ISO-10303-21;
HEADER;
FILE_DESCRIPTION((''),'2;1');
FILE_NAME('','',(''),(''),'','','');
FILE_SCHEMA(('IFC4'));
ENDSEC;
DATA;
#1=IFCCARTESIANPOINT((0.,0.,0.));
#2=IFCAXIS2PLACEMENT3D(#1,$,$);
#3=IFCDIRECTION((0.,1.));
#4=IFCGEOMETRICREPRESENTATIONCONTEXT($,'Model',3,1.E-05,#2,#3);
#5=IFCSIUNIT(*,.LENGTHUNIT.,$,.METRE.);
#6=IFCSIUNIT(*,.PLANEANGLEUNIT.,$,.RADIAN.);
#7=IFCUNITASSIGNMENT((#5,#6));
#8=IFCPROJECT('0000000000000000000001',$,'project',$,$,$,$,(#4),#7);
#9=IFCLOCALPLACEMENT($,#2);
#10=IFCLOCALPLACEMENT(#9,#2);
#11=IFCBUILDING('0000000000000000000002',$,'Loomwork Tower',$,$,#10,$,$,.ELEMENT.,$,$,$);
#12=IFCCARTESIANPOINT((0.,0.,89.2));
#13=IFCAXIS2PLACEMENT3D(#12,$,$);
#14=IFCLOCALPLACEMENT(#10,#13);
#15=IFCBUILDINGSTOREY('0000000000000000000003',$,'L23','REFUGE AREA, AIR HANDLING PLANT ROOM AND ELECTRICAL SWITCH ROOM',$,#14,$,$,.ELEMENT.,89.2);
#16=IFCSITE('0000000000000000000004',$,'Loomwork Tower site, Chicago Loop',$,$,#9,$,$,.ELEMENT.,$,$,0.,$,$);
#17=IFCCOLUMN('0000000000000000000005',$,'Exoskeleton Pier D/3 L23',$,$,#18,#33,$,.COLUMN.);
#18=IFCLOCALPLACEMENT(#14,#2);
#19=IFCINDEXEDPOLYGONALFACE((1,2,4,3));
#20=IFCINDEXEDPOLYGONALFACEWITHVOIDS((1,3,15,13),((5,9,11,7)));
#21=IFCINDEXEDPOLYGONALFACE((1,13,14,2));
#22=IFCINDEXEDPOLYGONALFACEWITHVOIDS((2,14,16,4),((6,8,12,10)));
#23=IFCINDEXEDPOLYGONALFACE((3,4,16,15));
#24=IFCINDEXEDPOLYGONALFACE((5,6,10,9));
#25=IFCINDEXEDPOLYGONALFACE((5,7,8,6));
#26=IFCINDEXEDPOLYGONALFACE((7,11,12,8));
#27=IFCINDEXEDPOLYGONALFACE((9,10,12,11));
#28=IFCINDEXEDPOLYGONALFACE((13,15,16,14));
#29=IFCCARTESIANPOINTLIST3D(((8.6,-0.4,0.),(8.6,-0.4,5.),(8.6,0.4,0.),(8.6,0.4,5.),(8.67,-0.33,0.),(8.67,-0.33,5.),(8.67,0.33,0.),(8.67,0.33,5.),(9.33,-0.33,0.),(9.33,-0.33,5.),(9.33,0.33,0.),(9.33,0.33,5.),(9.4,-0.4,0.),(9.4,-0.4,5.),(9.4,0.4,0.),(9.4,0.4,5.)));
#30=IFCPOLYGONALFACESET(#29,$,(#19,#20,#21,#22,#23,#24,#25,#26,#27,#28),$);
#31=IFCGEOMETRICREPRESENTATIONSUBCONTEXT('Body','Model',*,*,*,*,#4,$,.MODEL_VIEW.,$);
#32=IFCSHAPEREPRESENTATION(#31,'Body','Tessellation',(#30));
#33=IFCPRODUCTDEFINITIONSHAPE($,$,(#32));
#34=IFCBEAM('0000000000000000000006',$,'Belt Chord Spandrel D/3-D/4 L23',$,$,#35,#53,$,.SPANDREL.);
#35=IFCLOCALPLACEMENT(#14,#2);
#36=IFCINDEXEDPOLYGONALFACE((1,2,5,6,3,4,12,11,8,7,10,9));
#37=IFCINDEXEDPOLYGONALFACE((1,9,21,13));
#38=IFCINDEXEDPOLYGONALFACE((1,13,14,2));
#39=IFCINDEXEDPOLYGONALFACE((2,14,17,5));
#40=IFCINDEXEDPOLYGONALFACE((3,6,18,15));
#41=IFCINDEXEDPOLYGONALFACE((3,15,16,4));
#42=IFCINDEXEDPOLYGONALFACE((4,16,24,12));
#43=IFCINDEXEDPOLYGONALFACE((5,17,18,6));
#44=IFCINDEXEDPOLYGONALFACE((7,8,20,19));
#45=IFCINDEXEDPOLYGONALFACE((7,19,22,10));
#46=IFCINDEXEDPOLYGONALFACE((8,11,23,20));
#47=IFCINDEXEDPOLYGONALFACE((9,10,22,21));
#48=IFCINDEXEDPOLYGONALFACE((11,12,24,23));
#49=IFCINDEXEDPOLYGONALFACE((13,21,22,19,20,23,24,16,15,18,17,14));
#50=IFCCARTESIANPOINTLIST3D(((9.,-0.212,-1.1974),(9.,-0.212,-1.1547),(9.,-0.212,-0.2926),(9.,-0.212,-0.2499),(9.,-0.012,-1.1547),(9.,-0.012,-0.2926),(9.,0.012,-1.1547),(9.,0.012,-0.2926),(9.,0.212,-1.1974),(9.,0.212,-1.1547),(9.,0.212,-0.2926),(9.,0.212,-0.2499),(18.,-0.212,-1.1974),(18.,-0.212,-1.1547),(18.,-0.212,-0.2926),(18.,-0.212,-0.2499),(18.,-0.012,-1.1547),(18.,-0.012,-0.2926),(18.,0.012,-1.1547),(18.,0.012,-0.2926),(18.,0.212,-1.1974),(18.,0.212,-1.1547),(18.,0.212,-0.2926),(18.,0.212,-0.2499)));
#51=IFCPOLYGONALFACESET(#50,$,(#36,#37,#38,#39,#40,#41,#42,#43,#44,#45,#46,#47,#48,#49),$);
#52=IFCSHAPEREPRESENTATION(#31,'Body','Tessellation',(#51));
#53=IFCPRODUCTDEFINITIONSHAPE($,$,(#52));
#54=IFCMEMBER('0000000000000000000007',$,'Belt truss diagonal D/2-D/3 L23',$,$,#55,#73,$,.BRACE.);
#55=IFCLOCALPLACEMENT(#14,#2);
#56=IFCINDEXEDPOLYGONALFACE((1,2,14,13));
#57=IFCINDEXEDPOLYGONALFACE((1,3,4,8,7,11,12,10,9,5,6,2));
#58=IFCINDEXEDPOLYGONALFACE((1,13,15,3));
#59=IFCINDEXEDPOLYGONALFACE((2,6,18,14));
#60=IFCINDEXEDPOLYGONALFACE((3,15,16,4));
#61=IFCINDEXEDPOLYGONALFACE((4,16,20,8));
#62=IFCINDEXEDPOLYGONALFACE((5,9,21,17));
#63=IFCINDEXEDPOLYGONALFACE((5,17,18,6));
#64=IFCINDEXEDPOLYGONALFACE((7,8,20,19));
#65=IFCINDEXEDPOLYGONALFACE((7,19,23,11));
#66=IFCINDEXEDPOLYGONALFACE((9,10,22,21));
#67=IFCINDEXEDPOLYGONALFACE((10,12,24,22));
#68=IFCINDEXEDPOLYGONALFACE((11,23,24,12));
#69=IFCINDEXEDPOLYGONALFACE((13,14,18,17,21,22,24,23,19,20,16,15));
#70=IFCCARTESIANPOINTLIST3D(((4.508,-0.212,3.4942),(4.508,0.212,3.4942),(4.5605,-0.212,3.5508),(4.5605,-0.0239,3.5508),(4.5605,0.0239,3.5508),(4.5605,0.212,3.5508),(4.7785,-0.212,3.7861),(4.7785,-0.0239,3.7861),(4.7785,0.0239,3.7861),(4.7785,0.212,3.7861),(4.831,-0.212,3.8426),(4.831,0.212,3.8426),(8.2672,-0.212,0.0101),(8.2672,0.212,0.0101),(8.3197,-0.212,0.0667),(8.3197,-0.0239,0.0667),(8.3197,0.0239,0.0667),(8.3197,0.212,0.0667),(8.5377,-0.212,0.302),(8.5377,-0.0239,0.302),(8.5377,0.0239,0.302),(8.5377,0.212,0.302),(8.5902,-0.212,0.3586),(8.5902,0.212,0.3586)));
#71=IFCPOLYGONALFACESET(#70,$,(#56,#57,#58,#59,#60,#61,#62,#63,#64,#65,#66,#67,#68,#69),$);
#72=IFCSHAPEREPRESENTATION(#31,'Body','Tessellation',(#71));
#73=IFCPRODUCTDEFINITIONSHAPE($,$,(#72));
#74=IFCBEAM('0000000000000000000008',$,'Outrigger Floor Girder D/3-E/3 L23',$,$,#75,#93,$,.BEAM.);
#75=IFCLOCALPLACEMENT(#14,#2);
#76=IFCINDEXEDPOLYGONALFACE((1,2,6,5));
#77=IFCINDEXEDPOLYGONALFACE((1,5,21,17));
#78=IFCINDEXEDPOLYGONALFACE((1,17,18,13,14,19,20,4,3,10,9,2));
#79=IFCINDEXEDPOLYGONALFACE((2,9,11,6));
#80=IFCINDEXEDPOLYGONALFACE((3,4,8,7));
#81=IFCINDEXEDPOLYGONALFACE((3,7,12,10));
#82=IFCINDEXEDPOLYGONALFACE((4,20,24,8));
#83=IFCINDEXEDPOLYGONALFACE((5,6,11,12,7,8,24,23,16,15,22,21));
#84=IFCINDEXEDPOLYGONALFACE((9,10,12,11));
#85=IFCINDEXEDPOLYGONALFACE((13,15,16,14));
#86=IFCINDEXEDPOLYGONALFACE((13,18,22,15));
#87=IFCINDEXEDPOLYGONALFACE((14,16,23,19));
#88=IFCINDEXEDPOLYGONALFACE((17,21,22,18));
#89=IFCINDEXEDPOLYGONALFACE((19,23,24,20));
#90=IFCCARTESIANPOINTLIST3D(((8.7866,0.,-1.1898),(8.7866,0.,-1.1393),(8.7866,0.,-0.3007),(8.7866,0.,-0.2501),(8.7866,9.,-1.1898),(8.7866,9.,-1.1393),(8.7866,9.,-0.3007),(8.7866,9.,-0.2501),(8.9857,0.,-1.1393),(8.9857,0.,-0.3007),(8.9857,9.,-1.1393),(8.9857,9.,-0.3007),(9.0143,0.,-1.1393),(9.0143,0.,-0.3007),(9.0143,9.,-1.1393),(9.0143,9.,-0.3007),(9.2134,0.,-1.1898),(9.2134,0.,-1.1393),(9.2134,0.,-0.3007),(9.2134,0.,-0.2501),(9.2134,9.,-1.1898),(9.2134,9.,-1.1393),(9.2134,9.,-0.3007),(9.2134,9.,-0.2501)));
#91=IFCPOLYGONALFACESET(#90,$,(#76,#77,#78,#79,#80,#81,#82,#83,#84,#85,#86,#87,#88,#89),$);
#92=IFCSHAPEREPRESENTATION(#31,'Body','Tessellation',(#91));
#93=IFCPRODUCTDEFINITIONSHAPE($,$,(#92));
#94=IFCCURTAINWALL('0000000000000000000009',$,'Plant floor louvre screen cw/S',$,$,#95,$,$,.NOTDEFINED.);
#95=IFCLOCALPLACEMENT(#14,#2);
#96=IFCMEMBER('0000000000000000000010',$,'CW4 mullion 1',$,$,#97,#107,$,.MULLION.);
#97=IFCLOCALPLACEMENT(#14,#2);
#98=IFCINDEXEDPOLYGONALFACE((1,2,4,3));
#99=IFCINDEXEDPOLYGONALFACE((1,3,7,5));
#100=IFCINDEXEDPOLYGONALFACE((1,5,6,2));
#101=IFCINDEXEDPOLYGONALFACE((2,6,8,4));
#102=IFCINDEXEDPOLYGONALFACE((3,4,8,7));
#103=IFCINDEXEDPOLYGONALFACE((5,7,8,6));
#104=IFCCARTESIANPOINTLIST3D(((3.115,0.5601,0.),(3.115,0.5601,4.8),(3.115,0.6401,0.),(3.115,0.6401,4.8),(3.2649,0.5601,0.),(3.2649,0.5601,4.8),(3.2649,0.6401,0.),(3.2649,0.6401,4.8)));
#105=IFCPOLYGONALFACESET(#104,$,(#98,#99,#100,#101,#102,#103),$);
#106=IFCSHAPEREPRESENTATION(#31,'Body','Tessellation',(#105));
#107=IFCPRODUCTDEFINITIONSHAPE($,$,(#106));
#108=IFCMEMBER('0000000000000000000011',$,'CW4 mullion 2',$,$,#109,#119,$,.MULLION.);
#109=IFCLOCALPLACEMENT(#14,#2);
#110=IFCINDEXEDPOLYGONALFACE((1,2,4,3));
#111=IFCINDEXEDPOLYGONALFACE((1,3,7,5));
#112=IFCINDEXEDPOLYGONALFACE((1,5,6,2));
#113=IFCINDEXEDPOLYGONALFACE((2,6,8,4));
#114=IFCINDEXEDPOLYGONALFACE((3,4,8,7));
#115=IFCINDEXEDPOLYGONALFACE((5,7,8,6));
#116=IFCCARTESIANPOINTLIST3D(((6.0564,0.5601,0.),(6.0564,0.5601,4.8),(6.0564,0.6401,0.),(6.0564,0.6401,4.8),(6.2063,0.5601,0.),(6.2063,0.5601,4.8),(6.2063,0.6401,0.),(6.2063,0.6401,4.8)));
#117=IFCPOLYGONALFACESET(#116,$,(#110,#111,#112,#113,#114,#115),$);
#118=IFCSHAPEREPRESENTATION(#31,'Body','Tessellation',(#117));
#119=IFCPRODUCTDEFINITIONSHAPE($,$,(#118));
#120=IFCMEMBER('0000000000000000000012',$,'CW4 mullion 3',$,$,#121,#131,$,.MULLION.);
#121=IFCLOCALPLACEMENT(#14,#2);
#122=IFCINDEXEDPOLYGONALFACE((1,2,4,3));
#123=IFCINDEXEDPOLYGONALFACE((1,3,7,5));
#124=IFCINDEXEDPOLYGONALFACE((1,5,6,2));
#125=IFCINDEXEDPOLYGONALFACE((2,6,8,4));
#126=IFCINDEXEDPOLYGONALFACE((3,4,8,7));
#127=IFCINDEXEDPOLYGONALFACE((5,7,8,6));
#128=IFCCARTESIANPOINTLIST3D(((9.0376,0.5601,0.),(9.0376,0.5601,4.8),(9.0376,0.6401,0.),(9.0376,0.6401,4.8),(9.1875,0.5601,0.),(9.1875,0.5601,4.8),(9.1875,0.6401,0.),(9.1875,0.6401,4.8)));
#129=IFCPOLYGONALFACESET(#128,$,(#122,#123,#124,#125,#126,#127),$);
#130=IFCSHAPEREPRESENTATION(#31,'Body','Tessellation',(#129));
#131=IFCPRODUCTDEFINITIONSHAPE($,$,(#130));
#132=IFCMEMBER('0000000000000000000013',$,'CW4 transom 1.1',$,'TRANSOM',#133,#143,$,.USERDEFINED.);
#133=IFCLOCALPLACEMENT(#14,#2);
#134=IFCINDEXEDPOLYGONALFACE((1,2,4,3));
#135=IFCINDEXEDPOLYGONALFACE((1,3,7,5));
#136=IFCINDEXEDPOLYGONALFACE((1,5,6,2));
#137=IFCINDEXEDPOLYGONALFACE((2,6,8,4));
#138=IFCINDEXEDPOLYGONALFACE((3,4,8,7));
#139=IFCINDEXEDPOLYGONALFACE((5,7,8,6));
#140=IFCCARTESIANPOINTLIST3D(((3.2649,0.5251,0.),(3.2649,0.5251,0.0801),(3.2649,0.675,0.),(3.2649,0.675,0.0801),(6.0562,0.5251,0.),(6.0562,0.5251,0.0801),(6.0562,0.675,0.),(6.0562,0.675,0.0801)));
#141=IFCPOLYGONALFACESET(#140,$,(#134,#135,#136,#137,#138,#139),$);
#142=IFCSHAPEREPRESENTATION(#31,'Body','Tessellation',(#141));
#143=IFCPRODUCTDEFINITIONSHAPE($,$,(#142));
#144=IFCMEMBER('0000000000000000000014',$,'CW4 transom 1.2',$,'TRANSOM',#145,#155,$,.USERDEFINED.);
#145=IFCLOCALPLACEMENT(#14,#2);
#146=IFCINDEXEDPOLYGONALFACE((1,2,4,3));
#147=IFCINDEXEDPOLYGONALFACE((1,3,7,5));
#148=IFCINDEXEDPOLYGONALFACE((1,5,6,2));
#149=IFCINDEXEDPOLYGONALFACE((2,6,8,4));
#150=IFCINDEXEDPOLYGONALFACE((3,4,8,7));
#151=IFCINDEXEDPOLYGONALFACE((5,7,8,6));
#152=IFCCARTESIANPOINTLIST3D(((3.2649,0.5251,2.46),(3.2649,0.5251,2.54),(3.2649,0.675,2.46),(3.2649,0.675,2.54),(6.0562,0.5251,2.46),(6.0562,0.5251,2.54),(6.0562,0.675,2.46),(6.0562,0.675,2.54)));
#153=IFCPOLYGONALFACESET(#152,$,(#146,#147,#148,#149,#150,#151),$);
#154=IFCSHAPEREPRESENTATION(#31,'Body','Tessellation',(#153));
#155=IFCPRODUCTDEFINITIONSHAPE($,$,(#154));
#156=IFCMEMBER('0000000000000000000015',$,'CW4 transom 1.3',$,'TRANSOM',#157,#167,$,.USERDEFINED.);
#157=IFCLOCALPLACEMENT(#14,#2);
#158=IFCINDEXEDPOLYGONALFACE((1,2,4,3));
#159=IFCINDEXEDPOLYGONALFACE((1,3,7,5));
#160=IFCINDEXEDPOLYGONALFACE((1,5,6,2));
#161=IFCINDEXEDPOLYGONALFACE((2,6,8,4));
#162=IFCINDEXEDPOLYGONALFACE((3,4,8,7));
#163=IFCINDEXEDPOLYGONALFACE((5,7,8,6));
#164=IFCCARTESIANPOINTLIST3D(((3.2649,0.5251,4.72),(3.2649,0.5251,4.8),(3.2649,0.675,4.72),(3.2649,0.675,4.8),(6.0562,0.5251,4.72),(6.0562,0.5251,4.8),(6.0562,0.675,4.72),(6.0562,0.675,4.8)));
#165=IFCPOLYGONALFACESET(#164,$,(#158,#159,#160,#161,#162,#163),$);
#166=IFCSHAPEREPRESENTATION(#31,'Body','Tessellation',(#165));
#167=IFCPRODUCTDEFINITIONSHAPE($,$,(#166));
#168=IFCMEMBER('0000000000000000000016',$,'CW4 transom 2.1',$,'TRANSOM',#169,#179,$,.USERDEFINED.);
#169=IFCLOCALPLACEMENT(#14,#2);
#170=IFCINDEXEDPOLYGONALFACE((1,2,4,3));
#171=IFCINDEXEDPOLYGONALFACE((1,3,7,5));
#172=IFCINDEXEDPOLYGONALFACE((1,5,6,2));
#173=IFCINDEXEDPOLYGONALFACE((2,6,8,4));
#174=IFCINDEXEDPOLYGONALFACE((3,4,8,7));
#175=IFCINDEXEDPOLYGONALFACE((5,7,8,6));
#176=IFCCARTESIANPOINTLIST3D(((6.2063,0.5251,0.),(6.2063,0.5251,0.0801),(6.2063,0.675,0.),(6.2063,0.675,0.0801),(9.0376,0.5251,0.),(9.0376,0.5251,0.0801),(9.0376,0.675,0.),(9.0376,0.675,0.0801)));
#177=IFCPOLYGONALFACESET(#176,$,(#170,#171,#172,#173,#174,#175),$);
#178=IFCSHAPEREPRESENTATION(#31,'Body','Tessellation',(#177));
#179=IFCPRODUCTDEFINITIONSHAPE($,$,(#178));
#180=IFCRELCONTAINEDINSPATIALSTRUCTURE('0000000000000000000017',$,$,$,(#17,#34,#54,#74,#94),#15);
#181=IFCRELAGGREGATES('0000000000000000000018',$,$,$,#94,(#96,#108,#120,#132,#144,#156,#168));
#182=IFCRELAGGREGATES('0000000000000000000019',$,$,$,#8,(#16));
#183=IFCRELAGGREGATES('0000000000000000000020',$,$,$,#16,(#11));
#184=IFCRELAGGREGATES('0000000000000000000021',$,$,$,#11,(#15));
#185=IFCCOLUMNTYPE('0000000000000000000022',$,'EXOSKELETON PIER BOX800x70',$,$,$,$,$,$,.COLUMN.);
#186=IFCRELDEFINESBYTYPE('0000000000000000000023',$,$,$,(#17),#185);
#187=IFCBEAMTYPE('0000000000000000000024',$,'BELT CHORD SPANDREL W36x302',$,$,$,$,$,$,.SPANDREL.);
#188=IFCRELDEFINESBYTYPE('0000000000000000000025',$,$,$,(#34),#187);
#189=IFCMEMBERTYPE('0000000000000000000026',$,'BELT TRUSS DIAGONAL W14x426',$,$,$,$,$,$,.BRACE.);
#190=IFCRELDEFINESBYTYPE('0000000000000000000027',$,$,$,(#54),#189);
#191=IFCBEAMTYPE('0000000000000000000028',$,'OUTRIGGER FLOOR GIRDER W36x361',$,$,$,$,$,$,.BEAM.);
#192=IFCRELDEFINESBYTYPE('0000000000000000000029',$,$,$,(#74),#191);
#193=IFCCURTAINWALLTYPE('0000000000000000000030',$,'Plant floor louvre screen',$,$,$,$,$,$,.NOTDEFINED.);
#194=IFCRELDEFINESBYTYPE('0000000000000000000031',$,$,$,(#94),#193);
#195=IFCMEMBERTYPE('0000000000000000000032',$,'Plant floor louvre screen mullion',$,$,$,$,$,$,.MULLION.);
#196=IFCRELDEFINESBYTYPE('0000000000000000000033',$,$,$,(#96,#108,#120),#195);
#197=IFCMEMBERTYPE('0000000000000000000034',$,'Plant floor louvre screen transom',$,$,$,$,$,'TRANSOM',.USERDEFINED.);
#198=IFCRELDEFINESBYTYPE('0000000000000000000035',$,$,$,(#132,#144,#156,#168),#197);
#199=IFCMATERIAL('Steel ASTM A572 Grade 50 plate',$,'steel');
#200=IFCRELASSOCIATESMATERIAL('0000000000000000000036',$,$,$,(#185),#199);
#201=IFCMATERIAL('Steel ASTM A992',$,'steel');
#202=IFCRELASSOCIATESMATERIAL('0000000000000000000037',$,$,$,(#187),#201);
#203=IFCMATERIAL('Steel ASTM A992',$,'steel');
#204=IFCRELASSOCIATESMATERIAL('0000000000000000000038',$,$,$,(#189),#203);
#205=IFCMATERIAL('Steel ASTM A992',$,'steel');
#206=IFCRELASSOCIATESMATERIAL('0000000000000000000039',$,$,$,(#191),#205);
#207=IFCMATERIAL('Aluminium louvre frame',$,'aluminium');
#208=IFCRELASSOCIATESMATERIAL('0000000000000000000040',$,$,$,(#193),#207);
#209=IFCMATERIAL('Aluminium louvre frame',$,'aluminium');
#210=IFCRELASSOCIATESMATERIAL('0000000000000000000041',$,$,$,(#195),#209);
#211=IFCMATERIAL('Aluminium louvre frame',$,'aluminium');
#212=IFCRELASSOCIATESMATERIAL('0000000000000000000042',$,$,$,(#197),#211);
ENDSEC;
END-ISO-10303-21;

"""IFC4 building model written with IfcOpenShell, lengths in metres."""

from ifc_helpers import new_model, si_unit, direction, frame, origin, origin_2d, place, context, subcontext, project, spatial, rectangle, hollow_rectangle, i_section, extrude, material, material_profile, profile_set, type_object, element, aggregate, save


model = new_model("IFC4")

# Units and contexts
model_context = context("Model", 3, precision=1e-05, world=origin(), true_north=direction((0.0, 1.0)))
body_context = subcontext(model_context, "Body", "Model", "MODEL_VIEW")
ifc_project = project(units=[si_unit("LENGTHUNIT", "METRE"), si_unit("PLANEANGLEUNIT", "RADIAN")], contexts=[model_context])

# Site, building, storey
site_placement = place(None, origin())
site = spatial("IfcSite", under=ifc_project, at=site_placement, Name="Loomwork Tower site, Chicago Loop", CompositionType="ELEMENT", RefElevation=0.0)
building_placement = place(site_placement, origin())
building = spatial("IfcBuilding", under=site, at=building_placement, Name="Loomwork Tower", CompositionType="ELEMENT")
storey_placement = place(building_placement, frame((0.0, 0.0, 89.2)))
storey = spatial("IfcBuildingStorey", under=building, at=storey_placement, Name="L23", Description="REFUGE AREA, AIR HANDLING PLANT ROOM AND ELECTRICAL SWITCH ROOM", CompositionType="ELEMENT", Elevation=89.2)

# Column
ifc_material_1 = material(Name="Steel ASTM A572 Grade 50 plate", Category="steel")
ifc_material_profile_1 = material_profile(ifc_material_1, hollow_rectangle(XDim=0.8, YDim=0.8, WallThickness=0.0701, at=origin_2d()), Name="BOX800x70")
ifc_profile_set_1 = profile_set([ifc_material_profile_1], Name="Steel ASTM A572 Grade 50 plate")
column_type = type_object("IfcColumnType", Name="EXOSKELETON PIER BOX800x70", PredefinedType="COLUMN", material=ifc_profile_set_1)
column_placement = place(storey_placement, frame((9.0, 0.0, 0.0), z_axis=(0.0, 0.0, 1.0), x_axis=(1.0, 0.0, 0.0)))
element("IfcColumn", 1, at=column_placement, inside=storey, type_object=column_type, Name="Exoskeleton Pier D/3 L23", PredefinedType="COLUMN", context=body_context, shape_type="SweptSolid", body=[
    extrude(hollow_rectangle(XDim=0.8, YDim=0.8, WallThickness=0.0701, at=origin_2d()), origin(), (0.0, 0.0, 1.0), 5.0),
])

# Beam
ifc_material_2 = material(Name="Steel ASTM A992", Category="steel")
ifc_material_profile_2 = material_profile(ifc_material_2, i_section(OverallWidth=0.4241, OverallDepth=0.9475, WebThickness=0.0239, FlangeThickness=0.0427, at=origin_2d()), Name="W36x302")
ifc_profile_set_2 = profile_set([ifc_material_profile_2], Name="Steel ASTM A992")
beam_type_1 = type_object("IfcBeamType", Name="BELT CHORD SPANDREL W36x302", PredefinedType="SPANDREL", material=ifc_profile_set_2)
beam_1_placement = place(storey_placement, frame((9.0, 0.0, -0.7236), z_axis=(1.0, 0.0, 0.0), x_axis=(0.0, 1.0, 0.0)))
element("IfcBeam", 2, at=beam_1_placement, inside=storey, type_object=beam_type_1, Name="Belt Chord Spandrel D/3-D/4 L23", PredefinedType="SPANDREL", context=body_context, shape_type="SweptSolid", body=[
    extrude(i_section(OverallWidth=0.4241, OverallDepth=0.9475, WebThickness=0.0239, FlangeThickness=0.0427, at=origin_2d()), origin(), (0.0, 0.0, 1.0), 9.0),
])

# Member
ifc_material_3 = material(Name="Steel ASTM A992", Category="steel")
ifc_material_profile_3 = material_profile(ifc_material_3, i_section(OverallWidth=0.4241, OverallDepth=0.4751, WebThickness=0.0479, FlangeThickness=0.0771, at=origin_2d()), Name="W14x426")
ifc_profile_set_3 = profile_set([ifc_material_profile_3], Name="Steel ASTM A992")
member_type_1 = type_object("IfcMemberType", Name="BELT TRUSS DIAGONAL W14x426", PredefinedType="BRACE", material=ifc_profile_set_3)
member_1_placement = place(storey_placement, frame((8.4287, 0.0, 0.1843), z_axis=(-0.733438, 0.0, 0.679757), x_axis=(0.0, -1.0, 0.0)))
element("IfcMember", 3, at=member_1_placement, inside=storey, type_object=member_type_1, Name="Belt truss diagonal D/2-D/3 L23", PredefinedType="BRACE", context=body_context, shape_type="SweptSolid", body=[
    extrude(i_section(OverallWidth=0.4241, OverallDepth=0.4751, WebThickness=0.0479, FlangeThickness=0.0771, at=origin_2d()), origin(), (0.0, 0.0, 1.0), 5.1255),
])

# Beam
ifc_material_4 = material(Name="Steel ASTM A992", Category="steel")
ifc_material_profile_4 = material_profile(ifc_material_4, i_section(OverallWidth=0.4268, OverallDepth=0.9397, WebThickness=0.0286, FlangeThickness=0.0505, at=origin_2d()), Name="W36x361")
ifc_profile_set_4 = profile_set([ifc_material_profile_4], Name="Steel ASTM A992")
beam_type_2 = type_object("IfcBeamType", Name="OUTRIGGER FLOOR GIRDER W36x361", PredefinedType="BEAM", material=ifc_profile_set_4)
beam_2_placement = place(storey_placement, frame((9.0, 0.0, -0.72), z_axis=(0.0, 1.0, 0.0), x_axis=(-1.0, 0.0, 0.0)))
element("IfcBeam", 4, at=beam_2_placement, inside=storey, type_object=beam_type_2, Name="Outrigger Floor Girder D/3-E/3 L23", PredefinedType="BEAM", context=body_context, shape_type="SweptSolid", body=[
    extrude(i_section(OverallWidth=0.4268, OverallDepth=0.9397, WebThickness=0.0286, FlangeThickness=0.0505, at=origin_2d()), origin(), (0.0, 0.0, 1.0), 9.0),
])

# Curtain wall, members
ifc_material_5 = material(Name="Aluminium louvre frame", Category="aluminium")
curtain_wall_type = type_object("IfcCurtainWallType", Name="Plant floor louvre screen", PredefinedType="NOTDEFINED", material=ifc_material_5)
curtain_wall_placement = place(storey_placement, origin())
curtain_wall = element("IfcCurtainWall", 5, at=curtain_wall_placement, inside=storey, type_object=curtain_wall_type, Name="Plant floor louvre screen cw/S", PredefinedType="NOTDEFINED")
ifc_material_6 = material(Name="Aluminium louvre frame", Category="aluminium")
ifc_material_profile_5 = material_profile(ifc_material_6, rectangle(XDim=0.0801, YDim=0.1499, at=origin_2d()), Name="AL 80x150")
ifc_profile_set_5 = profile_set([ifc_material_profile_5], Name="Aluminium louvre frame")
member_type_2 = type_object("IfcMemberType", Name="Plant floor louvre screen mullion", PredefinedType="MULLION", material=ifc_profile_set_5)
member_2_placement = place(storey_placement, frame((3.1899, 0.6001, 0.0), z_axis=(0.0, 0.0, 1.0), x_axis=(0.0, 1.0, 0.0)))
member_2 = element("IfcMember", 6, at=member_2_placement, type_object=member_type_2, Name="CW4 mullion 1", PredefinedType="MULLION", context=body_context, shape_type="SweptSolid", body=[
    extrude(rectangle(XDim=0.0801, YDim=0.1499, at=origin_2d()), origin(), (0.0, 0.0, 1.0), 4.8),
])
member_3_placement = place(storey_placement, frame((6.1313, 0.6001, 0.0), z_axis=(0.0, 0.0, 1.0), x_axis=(0.0, 1.0, 0.0)))
member_3 = element("IfcMember", 7, at=member_3_placement, type_object=member_type_2, Name="CW4 mullion 2", PredefinedType="MULLION", context=body_context, shape_type="SweptSolid", body=[
    extrude(rectangle(XDim=0.0801, YDim=0.1499, at=origin_2d()), origin(), (0.0, 0.0, 1.0), 4.8),
])
member_4_placement = place(storey_placement, frame((9.1125, 0.6001, 0.0), z_axis=(0.0, 0.0, 1.0), x_axis=(0.0, 1.0, 0.0)))
member_4 = element("IfcMember", 8, at=member_4_placement, type_object=member_type_2, Name="CW4 mullion 3", PredefinedType="MULLION", context=body_context, shape_type="SweptSolid", body=[
    extrude(rectangle(XDim=0.0801, YDim=0.1499, at=origin_2d()), origin(), (0.0, 0.0, 1.0), 4.8),
])
ifc_material_7 = material(Name="Aluminium louvre frame", Category="aluminium")
ifc_material_profile_6 = material_profile(ifc_material_7, rectangle(XDim=0.1499, YDim=0.0801, at=origin_2d()), Name="AL 80x150")
ifc_profile_set_6 = profile_set([ifc_material_profile_6], Name="Aluminium louvre frame")
member_type_3 = type_object("IfcMemberType", Name="Plant floor louvre screen transom", ElementType="TRANSOM", PredefinedType="USERDEFINED", material=ifc_profile_set_6)
member_5_placement = place(storey_placement, frame((3.2649, 0.6001, 0.04), z_axis=(1.0, 0.0, 0.0), x_axis=(0.0, 1.0, 0.0)))
member_5 = element("IfcMember", 9, at=member_5_placement, type_object=member_type_3, Name="CW4 transom 1.1", ObjectType="TRANSOM", PredefinedType="USERDEFINED", context=body_context, shape_type="SweptSolid", body=[
    extrude(rectangle(XDim=0.1499, YDim=0.0801, at=origin_2d()), origin(), (0.0, 0.0, 1.0), 2.7913),
])
member_6_placement = place(storey_placement, frame((3.2649, 0.6001, 2.5), z_axis=(1.0, 0.0, 0.0), x_axis=(0.0, 1.0, 0.0)))
member_6 = element("IfcMember", 10, at=member_6_placement, type_object=member_type_3, Name="CW4 transom 1.2", ObjectType="TRANSOM", PredefinedType="USERDEFINED", context=body_context, shape_type="SweptSolid", body=[
    extrude(rectangle(XDim=0.1499, YDim=0.0801, at=origin_2d()), origin(), (0.0, 0.0, 1.0), 2.7913),
])
member_7_placement = place(storey_placement, frame((3.2649, 0.6001, 4.76), z_axis=(1.0, 0.0, 0.0), x_axis=(0.0, 1.0, 0.0)))
member_7 = element("IfcMember", 11, at=member_7_placement, type_object=member_type_3, Name="CW4 transom 1.3", ObjectType="TRANSOM", PredefinedType="USERDEFINED", context=body_context, shape_type="SweptSolid", body=[
    extrude(rectangle(XDim=0.1499, YDim=0.0801, at=origin_2d()), origin(), (0.0, 0.0, 1.0), 2.7913),
])
member_8_placement = place(storey_placement, frame((6.2063, 0.6001, 0.04), z_axis=(1.0, 0.0, 0.0), x_axis=(0.0, 1.0, 0.0)))
member_8 = element("IfcMember", 12, at=member_8_placement, type_object=member_type_3, Name="CW4 transom 2.1", ObjectType="TRANSOM", PredefinedType="USERDEFINED", context=body_context, shape_type="SweptSolid", body=[
    extrude(rectangle(XDim=0.1499, YDim=0.0801, at=origin_2d()), origin(), (0.0, 0.0, 1.0), 2.8313),
])
aggregate(curtain_wall, [member_2, member_3, member_4, member_5, member_6, member_7, member_8])

save(model, "model.ifc")
